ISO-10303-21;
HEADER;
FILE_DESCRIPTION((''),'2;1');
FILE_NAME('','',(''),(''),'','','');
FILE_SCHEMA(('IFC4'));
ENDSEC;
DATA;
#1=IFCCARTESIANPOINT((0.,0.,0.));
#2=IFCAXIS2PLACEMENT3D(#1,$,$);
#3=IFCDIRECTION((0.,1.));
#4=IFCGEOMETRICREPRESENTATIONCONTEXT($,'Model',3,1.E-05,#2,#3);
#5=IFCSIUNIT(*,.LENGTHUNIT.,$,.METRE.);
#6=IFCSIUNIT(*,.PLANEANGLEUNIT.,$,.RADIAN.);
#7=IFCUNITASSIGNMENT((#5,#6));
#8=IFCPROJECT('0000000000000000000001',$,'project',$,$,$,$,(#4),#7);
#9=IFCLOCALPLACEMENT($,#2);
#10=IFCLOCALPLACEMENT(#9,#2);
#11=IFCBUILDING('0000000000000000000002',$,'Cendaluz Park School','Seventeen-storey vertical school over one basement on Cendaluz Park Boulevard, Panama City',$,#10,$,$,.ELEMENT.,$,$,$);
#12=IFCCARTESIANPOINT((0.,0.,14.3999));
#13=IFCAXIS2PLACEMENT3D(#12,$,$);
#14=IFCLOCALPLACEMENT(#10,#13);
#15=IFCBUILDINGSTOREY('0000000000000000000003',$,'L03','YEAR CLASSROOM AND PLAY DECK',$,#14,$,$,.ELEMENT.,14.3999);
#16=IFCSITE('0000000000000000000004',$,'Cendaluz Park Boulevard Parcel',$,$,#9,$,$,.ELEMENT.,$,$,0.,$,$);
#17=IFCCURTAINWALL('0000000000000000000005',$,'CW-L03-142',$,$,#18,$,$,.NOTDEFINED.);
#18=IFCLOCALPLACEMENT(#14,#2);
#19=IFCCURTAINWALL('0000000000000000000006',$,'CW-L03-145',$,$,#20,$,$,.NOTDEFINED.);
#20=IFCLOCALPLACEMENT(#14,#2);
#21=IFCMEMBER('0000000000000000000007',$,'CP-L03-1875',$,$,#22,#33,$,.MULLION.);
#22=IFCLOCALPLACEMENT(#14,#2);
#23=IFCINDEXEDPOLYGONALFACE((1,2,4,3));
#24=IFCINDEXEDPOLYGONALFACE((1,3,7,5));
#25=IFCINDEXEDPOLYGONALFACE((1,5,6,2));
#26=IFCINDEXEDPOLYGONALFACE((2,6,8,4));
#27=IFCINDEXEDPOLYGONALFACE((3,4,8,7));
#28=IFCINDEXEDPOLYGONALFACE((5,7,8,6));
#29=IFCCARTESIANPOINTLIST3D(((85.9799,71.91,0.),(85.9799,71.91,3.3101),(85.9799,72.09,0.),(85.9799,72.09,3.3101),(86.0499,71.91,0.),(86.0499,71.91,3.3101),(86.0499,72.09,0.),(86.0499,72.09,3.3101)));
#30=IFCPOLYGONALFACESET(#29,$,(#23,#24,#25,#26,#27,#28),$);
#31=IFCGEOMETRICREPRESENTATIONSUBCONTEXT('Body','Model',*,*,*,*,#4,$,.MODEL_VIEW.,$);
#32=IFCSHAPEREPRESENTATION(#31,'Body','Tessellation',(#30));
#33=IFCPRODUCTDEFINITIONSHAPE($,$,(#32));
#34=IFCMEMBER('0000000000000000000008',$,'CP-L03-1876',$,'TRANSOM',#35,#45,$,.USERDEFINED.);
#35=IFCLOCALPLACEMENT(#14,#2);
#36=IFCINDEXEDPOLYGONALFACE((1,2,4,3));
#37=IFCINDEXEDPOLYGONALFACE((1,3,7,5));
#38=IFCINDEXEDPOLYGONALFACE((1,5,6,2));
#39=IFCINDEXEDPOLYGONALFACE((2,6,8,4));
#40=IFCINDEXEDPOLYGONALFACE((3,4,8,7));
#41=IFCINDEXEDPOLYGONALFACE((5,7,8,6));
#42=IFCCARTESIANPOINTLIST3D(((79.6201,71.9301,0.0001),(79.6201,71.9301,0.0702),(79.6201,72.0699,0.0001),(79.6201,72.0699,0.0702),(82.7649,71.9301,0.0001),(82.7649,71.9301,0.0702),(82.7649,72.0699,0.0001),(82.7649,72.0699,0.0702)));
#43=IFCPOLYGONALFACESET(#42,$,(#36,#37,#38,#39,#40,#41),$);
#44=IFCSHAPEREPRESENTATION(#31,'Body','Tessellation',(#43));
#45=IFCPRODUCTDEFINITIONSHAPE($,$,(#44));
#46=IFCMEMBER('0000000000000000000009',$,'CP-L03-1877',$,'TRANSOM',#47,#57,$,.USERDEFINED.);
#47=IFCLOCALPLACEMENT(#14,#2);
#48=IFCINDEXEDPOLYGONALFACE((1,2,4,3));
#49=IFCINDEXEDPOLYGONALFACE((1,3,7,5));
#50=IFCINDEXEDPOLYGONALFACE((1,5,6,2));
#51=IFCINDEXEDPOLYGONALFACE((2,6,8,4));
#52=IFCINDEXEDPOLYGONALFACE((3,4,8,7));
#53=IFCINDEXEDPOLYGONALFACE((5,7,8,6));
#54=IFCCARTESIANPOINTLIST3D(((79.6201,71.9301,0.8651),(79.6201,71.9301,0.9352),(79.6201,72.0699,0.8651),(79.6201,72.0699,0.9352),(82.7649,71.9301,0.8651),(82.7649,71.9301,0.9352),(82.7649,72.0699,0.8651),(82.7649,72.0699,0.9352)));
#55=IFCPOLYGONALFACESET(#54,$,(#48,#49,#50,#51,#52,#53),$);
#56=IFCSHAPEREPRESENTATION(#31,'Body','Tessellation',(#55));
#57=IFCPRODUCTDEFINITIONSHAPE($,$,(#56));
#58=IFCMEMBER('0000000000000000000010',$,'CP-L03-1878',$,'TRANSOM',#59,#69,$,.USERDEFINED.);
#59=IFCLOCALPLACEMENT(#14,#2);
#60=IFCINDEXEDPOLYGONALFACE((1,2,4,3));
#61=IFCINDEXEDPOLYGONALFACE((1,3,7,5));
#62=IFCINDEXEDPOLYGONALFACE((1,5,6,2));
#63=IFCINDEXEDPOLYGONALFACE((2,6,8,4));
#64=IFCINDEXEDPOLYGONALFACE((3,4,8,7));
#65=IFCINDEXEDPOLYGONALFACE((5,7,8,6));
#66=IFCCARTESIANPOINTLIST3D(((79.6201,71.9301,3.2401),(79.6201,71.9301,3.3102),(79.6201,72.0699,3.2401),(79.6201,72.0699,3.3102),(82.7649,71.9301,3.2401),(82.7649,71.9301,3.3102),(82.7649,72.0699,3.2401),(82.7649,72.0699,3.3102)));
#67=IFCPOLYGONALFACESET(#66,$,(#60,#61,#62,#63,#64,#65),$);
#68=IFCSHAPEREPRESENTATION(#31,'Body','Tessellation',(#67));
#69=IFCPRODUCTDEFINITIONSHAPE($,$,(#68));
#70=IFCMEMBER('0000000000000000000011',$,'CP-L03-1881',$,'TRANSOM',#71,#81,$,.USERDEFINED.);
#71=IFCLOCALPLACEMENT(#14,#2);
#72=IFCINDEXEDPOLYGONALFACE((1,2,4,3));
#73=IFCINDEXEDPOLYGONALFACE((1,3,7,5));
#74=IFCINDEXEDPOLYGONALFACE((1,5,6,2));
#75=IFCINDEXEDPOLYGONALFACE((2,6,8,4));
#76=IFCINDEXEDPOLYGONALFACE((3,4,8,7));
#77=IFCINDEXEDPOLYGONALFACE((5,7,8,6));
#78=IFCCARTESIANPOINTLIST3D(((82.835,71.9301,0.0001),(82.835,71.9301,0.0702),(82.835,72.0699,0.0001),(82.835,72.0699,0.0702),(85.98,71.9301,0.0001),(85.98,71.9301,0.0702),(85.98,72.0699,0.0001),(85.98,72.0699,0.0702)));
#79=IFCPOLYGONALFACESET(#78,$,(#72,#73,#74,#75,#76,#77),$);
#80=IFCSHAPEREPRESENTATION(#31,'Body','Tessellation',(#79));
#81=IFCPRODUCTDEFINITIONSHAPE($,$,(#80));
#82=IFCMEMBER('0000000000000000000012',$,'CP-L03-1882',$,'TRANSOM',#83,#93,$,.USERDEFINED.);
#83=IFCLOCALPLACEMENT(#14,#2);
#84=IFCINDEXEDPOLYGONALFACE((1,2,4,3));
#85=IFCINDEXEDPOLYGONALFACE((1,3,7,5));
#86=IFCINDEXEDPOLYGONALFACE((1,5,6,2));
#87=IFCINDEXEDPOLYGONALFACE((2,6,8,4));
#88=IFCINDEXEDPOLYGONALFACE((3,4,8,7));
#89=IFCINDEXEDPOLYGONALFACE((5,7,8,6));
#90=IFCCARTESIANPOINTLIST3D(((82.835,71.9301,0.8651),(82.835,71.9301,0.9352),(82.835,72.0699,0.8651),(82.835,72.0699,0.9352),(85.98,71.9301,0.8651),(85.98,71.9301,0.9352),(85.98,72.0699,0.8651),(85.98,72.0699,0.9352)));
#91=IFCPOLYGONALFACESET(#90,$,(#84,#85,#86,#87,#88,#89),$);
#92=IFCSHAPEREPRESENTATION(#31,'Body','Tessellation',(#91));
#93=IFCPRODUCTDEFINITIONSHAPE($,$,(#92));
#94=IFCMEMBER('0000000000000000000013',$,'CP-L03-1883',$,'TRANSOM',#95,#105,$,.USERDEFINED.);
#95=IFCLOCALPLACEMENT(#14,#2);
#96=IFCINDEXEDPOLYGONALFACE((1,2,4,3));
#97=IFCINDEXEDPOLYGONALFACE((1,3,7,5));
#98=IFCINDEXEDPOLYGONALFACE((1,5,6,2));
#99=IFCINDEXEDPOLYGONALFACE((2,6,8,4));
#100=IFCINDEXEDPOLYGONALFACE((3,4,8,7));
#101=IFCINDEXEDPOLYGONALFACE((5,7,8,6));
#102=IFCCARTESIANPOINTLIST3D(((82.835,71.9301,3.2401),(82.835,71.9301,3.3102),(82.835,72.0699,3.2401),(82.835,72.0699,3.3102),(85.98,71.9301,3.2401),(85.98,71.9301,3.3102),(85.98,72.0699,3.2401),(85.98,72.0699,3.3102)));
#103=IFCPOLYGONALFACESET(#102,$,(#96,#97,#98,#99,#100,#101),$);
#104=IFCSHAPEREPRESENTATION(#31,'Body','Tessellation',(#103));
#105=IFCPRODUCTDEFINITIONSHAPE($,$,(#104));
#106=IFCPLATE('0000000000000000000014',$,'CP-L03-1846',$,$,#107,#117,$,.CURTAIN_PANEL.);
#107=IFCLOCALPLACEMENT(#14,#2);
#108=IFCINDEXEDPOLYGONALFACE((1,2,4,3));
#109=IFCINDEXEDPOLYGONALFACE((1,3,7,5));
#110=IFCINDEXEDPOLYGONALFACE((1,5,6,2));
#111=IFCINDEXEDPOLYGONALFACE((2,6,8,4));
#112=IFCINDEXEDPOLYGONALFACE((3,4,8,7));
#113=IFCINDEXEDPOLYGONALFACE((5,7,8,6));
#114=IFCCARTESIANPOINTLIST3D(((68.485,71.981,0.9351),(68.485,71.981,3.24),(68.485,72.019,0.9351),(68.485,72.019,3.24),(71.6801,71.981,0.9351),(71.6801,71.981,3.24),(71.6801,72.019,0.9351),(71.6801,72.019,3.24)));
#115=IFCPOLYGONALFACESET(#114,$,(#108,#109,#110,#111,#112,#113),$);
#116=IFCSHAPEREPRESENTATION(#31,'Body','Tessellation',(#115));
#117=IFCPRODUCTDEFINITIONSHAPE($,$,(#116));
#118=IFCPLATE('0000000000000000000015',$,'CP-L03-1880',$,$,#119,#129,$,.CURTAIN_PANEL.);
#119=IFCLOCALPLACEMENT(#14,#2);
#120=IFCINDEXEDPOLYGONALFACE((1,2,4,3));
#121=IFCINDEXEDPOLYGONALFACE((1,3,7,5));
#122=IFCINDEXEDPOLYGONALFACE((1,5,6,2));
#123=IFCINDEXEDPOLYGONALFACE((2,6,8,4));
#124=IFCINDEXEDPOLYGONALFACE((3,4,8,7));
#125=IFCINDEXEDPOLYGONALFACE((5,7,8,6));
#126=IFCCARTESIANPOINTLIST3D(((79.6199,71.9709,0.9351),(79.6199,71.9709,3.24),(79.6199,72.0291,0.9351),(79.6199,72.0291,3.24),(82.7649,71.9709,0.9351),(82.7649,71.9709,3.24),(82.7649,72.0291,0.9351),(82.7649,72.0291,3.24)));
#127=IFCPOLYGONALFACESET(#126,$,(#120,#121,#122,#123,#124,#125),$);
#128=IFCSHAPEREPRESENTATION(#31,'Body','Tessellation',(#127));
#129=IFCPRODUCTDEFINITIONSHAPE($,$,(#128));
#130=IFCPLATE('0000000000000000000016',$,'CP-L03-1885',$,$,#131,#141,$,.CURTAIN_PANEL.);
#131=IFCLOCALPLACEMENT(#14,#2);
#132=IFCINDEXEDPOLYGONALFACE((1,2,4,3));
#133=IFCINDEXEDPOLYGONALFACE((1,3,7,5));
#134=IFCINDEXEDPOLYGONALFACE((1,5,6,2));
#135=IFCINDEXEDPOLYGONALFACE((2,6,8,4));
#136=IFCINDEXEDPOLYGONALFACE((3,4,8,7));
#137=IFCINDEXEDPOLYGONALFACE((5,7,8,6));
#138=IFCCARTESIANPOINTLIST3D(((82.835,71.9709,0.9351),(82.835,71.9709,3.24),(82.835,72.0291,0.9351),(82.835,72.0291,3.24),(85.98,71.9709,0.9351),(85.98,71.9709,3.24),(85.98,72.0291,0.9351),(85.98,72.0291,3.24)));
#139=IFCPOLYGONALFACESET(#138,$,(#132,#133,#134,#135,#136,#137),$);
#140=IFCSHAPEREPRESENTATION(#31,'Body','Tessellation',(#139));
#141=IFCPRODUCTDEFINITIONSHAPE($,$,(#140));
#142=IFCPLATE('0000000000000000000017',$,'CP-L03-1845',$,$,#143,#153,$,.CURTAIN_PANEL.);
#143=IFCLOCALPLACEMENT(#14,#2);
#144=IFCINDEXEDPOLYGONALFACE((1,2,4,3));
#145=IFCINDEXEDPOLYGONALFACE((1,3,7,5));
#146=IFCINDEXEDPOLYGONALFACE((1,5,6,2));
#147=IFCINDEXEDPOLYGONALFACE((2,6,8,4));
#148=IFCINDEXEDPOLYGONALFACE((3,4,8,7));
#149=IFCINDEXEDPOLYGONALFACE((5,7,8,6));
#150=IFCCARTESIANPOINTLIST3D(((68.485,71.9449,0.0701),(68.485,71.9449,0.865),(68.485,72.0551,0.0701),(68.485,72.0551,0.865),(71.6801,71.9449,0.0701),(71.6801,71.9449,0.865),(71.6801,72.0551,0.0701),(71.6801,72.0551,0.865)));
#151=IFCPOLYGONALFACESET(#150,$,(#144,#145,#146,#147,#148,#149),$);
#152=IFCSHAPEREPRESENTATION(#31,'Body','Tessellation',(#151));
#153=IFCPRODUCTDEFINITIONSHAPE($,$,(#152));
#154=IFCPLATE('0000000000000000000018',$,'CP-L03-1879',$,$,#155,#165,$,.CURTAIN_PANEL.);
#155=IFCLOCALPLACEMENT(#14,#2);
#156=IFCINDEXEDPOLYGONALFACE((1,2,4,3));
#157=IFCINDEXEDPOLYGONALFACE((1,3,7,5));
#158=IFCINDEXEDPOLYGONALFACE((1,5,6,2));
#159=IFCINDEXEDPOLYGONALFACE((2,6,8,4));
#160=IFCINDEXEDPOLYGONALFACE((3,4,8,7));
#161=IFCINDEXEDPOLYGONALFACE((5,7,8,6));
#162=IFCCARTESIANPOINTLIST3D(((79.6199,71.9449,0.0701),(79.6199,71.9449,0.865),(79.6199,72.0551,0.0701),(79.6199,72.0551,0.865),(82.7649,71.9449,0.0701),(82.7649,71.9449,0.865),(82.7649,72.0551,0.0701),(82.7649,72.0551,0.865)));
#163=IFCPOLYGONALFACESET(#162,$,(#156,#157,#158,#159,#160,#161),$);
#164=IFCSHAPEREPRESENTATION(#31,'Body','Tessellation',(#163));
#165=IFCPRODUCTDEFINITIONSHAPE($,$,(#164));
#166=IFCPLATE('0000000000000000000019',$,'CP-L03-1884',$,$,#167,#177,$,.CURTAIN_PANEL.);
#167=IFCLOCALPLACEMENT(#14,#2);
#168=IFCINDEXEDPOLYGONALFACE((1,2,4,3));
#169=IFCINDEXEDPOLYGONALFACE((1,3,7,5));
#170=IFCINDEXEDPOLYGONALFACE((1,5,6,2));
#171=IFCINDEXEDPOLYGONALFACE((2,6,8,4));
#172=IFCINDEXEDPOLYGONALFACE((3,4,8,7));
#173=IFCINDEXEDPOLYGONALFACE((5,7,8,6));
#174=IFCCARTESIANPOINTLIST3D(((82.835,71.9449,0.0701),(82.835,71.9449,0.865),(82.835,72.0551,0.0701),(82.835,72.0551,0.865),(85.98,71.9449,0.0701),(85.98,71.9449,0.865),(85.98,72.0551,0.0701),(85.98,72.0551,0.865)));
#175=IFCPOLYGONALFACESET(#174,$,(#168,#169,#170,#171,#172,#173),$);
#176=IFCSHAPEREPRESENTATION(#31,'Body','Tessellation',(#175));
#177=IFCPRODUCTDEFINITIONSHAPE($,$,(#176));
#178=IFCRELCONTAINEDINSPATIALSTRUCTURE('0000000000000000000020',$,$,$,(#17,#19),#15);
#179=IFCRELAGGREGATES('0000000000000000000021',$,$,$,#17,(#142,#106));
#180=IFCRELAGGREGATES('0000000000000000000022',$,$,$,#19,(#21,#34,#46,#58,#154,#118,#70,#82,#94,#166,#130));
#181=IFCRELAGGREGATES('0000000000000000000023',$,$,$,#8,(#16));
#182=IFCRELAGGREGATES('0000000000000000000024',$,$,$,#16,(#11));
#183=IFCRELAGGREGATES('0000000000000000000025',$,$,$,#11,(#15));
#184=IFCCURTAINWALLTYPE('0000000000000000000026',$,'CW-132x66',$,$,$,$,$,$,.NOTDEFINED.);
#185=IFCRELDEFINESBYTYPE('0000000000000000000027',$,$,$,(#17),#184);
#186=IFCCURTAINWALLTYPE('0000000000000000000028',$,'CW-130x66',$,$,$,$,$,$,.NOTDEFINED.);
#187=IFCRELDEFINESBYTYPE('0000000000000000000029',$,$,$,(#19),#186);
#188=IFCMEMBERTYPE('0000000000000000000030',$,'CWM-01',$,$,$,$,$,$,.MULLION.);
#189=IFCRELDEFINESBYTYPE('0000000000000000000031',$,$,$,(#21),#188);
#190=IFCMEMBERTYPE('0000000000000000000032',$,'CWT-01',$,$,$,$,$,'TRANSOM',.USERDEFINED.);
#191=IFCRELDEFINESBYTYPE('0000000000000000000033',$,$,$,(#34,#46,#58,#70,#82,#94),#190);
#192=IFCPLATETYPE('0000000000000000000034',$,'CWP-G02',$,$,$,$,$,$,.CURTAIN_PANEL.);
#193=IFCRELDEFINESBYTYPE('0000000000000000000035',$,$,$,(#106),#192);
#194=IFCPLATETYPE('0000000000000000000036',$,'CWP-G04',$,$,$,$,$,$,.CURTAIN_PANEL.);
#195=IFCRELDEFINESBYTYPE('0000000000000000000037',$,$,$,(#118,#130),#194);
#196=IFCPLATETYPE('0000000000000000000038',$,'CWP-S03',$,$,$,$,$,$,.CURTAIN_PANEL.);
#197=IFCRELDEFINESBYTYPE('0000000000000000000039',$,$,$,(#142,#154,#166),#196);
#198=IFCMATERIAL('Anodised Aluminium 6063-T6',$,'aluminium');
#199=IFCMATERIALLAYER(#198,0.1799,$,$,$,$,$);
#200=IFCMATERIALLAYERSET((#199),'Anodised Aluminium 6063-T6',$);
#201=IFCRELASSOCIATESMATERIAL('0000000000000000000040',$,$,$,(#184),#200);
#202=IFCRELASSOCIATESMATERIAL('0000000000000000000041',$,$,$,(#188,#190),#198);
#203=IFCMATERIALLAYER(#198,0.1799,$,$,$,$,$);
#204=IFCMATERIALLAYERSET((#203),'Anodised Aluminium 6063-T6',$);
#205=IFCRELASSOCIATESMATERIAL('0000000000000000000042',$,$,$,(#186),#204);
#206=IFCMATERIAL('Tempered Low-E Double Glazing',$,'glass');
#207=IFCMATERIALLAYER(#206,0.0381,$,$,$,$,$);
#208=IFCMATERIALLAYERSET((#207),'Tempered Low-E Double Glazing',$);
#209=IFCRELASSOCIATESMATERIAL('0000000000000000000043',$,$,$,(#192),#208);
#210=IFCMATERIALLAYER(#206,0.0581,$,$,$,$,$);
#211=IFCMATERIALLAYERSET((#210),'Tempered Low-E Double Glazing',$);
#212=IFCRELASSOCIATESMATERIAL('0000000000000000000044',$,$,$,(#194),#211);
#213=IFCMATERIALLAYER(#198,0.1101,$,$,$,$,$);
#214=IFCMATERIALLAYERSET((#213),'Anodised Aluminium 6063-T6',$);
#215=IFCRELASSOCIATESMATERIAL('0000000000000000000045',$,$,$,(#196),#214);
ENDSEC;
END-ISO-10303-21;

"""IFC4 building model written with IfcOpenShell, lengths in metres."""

from ifc_helpers import new_model, si_unit, direction, frame, origin, origin_2d, place, context, subcontext, project, spatial, rectangle, extrude, material, layer, layer_set, material_profile, profile_set, type_object, element, aggregate, save


model = new_model("IFC4")

# Units and contexts
model_context = context("Model", 3, precision=1e-05, world=origin(), true_north=direction((0.0, 1.0)))
body_context = subcontext(model_context, "Body", "Model", "MODEL_VIEW")
ifc_project = project(units=[si_unit("LENGTHUNIT", "METRE"), si_unit("PLANEANGLEUNIT", "RADIAN")], contexts=[model_context])

# Site, building, storey
site_placement = place(None, origin())
site = spatial("IfcSite", under=ifc_project, at=site_placement, Name="Cendaluz Park Boulevard Parcel", CompositionType="ELEMENT", RefElevation=0.0)
building_placement = place(site_placement, origin())
building = spatial("IfcBuilding", under=site, at=building_placement, Name="Cendaluz Park School", Description="Seventeen-storey vertical school over one basement on Cendaluz Park Boulevard, Panama City", CompositionType="ELEMENT")
storey_placement = place(building_placement, frame((0.0, 0.0, 14.3999)))
storey = spatial("IfcBuildingStorey", under=building, at=storey_placement, Name="L03", Description="YEAR CLASSROOM AND PLAY DECK", CompositionType="ELEMENT", Elevation=14.3999)

# Curtain wall
ifc_material_1 = material(Name="Anodised Aluminium 6063-T6", Category="aluminium")
ifc_layer_1 = layer(ifc_material_1, 0.1799)
ifc_layer_set_1 = layer_set([ifc_layer_1], Name="Anodised Aluminium 6063-T6")
curtain_wall_type_1 = type_object("IfcCurtainWallType", Name="CW-132x66", PredefinedType="NOTDEFINED", material=ifc_layer_set_1)
curtain_wall_1_placement = place(storey_placement, origin())
curtain_wall_1 = element("IfcCurtainWall", 1, at=curtain_wall_1_placement, inside=storey, type_object=curtain_wall_type_1, Name="CW-L03-142", PredefinedType="NOTDEFINED")
ifc_material_profile_1 = material_profile(ifc_material_1, rectangle(XDim=0.1799, YDim=0.0701, at=origin_2d()), Name="CWM 180x70", Category="aluminium")
ifc_profile_set_1 = profile_set([ifc_material_profile_1], Name="Anodised Aluminium 6063-T6")
member_type_1 = type_object("IfcMemberType", Name="CWM-01", PredefinedType="MULLION", material=ifc_profile_set_1)

# Curtain wall, members
ifc_layer_2 = layer(ifc_material_1, 0.1799)
ifc_layer_set_2 = layer_set([ifc_layer_2], Name="Anodised Aluminium 6063-T6")
curtain_wall_type_2 = type_object("IfcCurtainWallType", Name="CW-130x66", PredefinedType="NOTDEFINED", material=ifc_layer_set_2)
curtain_wall_2_placement = place(storey_placement, origin())
curtain_wall_2 = element("IfcCurtainWall", 2, at=curtain_wall_2_placement, inside=storey, type_object=curtain_wall_type_2, Name="CW-L03-145", PredefinedType="NOTDEFINED")
member_1_placement = place(storey_placement, frame((86.0149, 72.0, 0.0), z_axis=(0.0, 0.0, 1.0), x_axis=(0.0, 1.0, 0.0)))
member_1 = element("IfcMember", 3, at=member_1_placement, type_object=member_type_1, Name="CP-L03-1875", PredefinedType="MULLION", context=body_context, shape_type="SweptSolid", body=[
    extrude(rectangle(XDim=0.1799, YDim=0.0701, at=origin_2d()), origin(), (0.0, 0.0, 1.0), 3.3101),
])
ifc_material_profile_2 = material_profile(ifc_material_1, rectangle(XDim=0.1399, YDim=0.0701, at=origin_2d()), Name="CWT 140x70", Category="aluminium")
ifc_profile_set_2 = profile_set([ifc_material_profile_2], Name="Anodised Aluminium 6063-T6")
member_type_2 = type_object("IfcMemberType", Name="CWT-01", ElementType="TRANSOM", PredefinedType="USERDEFINED", material=ifc_profile_set_2)
member_2_placement = place(storey_placement, frame((79.6201, 72.0, 0.0352), z_axis=(1.0, 0.0, 0.0), x_axis=(0.0, 1.0, 0.0)))
member_2 = element("IfcMember", 4, at=member_2_placement, type_object=member_type_2, Name="CP-L03-1876", ObjectType="TRANSOM", PredefinedType="USERDEFINED", context=body_context, shape_type="SweptSolid", body=[
    extrude(rectangle(XDim=0.1399, YDim=0.0701, at=origin_2d()), origin(), (0.0, 0.0, 1.0), 3.1448),
])
member_3_placement = place(storey_placement, frame((79.6201, 72.0, 0.9001), z_axis=(1.0, 0.0, 0.0), x_axis=(0.0, 1.0, 0.0)))
member_3 = element("IfcMember", 5, at=member_3_placement, type_object=member_type_2, Name="CP-L03-1877", ObjectType="TRANSOM", PredefinedType="USERDEFINED", context=body_context, shape_type="SweptSolid", body=[
    extrude(rectangle(XDim=0.1399, YDim=0.0701, at=origin_2d()), origin(), (0.0, 0.0, 1.0), 3.1448),
])
member_4_placement = place(storey_placement, frame((79.6201, 72.0, 3.2751), z_axis=(1.0, 0.0, 0.0), x_axis=(0.0, 1.0, 0.0)))
member_4 = element("IfcMember", 6, at=member_4_placement, type_object=member_type_2, Name="CP-L03-1878", ObjectType="TRANSOM", PredefinedType="USERDEFINED", context=body_context, shape_type="SweptSolid", body=[
    extrude(rectangle(XDim=0.1399, YDim=0.0701, at=origin_2d()), origin(), (0.0, 0.0, 1.0), 3.1448),
])
member_5_placement = place(storey_placement, frame((82.835, 72.0, 0.0352), z_axis=(1.0, 0.0, 0.0), x_axis=(0.0, 1.0, 0.0)))
member_5 = element("IfcMember", 7, at=member_5_placement, type_object=member_type_2, Name="CP-L03-1881", ObjectType="TRANSOM", PredefinedType="USERDEFINED", context=body_context, shape_type="SweptSolid", body=[
    extrude(rectangle(XDim=0.1399, YDim=0.0701, at=origin_2d()), origin(), (0.0, 0.0, 1.0), 3.145),
])
member_6_placement = place(storey_placement, frame((82.835, 72.0, 0.9001), z_axis=(1.0, 0.0, 0.0), x_axis=(0.0, 1.0, 0.0)))
member_6 = element("IfcMember", 8, at=member_6_placement, type_object=member_type_2, Name="CP-L03-1882", ObjectType="TRANSOM", PredefinedType="USERDEFINED", context=body_context, shape_type="SweptSolid", body=[
    extrude(rectangle(XDim=0.1399, YDim=0.0701, at=origin_2d()), origin(), (0.0, 0.0, 1.0), 3.145),
])
member_7_placement = place(storey_placement, frame((82.835, 72.0, 3.2751), z_axis=(1.0, 0.0, 0.0), x_axis=(0.0, 1.0, 0.0)))
member_7 = element("IfcMember", 9, at=member_7_placement, type_object=member_type_2, Name="CP-L03-1883", ObjectType="TRANSOM", PredefinedType="USERDEFINED", context=body_context, shape_type="SweptSolid", body=[
    extrude(rectangle(XDim=0.1399, YDim=0.0701, at=origin_2d()), origin(), (0.0, 0.0, 1.0), 3.145),
])

# Plates
ifc_material_2 = material(Name="Tempered Low-E Double Glazing", Category="glass")
ifc_layer_3 = layer(ifc_material_2, 0.0381)
ifc_layer_set_3 = layer_set([ifc_layer_3], Name="Tempered Low-E Double Glazing")
plate_type_1 = type_object("IfcPlateType", Name="CWP-G02", PredefinedType="CURTAIN_PANEL", material=ifc_layer_set_3)
plate_1_placement = place(storey_placement, frame((70.0825, 72.0, 0.9351), z_axis=(0.0, 0.0, 1.0), x_axis=(1.0, 0.0, 0.0)))
plate_1 = element("IfcPlate", 10, at=plate_1_placement, type_object=plate_type_1, Name="CP-L03-1846", PredefinedType="CURTAIN_PANEL", context=body_context, shape_type="SweptSolid", body=[
    extrude(rectangle(XDim=3.1951, YDim=0.0381, at=origin_2d()), origin(), (0.0, 0.0, 1.0), 2.3049),
])
ifc_layer_4 = layer(ifc_material_2, 0.0581)
ifc_layer_set_4 = layer_set([ifc_layer_4], Name="Tempered Low-E Double Glazing")
plate_type_2 = type_object("IfcPlateType", Name="CWP-G04", PredefinedType="CURTAIN_PANEL", material=ifc_layer_set_4)
plate_2_placement = place(storey_placement, frame((81.1924, 72.0, 0.9351), z_axis=(0.0, 0.0, 1.0), x_axis=(1.0, 0.0, 0.0)))
plate_2 = element("IfcPlate", 11, at=plate_2_placement, type_object=plate_type_2, Name="CP-L03-1880", PredefinedType="CURTAIN_PANEL", context=body_context, shape_type="SweptSolid", body=[
    extrude(rectangle(XDim=3.145, YDim=0.0581, at=origin_2d()), origin(), (0.0, 0.0, 1.0), 2.3049),
])
plate_3_placement = place(storey_placement, frame((84.4075, 72.0, 0.9351), z_axis=(0.0, 0.0, 1.0), x_axis=(1.0, 0.0, 0.0)))
plate_3 = element("IfcPlate", 12, at=plate_3_placement, type_object=plate_type_2, Name="CP-L03-1885", PredefinedType="CURTAIN_PANEL", context=body_context, shape_type="SweptSolid", body=[
    extrude(rectangle(XDim=3.145, YDim=0.0581, at=origin_2d()), origin(), (0.0, 0.0, 1.0), 2.3049),
])
ifc_layer_5 = layer(ifc_material_1, 0.1101)
ifc_layer_set_5 = layer_set([ifc_layer_5], Name="Anodised Aluminium 6063-T6")
plate_type_3 = type_object("IfcPlateType", Name="CWP-S03", PredefinedType="CURTAIN_PANEL", material=ifc_layer_set_5)
plate_4_placement = place(storey_placement, frame((70.0825, 72.0, 0.0701), z_axis=(0.0, 0.0, 1.0), x_axis=(1.0, 0.0, 0.0)))
plate_4 = element("IfcPlate", 13, at=plate_4_placement, type_object=plate_type_3, Name="CP-L03-1845", PredefinedType="CURTAIN_PANEL", context=body_context, shape_type="SweptSolid", body=[
    extrude(rectangle(XDim=3.1951, YDim=0.1101, at=origin_2d()), origin(), (0.0, 0.0, 1.0), 0.7949),
])
aggregate(curtain_wall_1, [plate_4, plate_1])
plate_5_placement = place(storey_placement, frame((81.1924, 72.0, 0.0701), z_axis=(0.0, 0.0, 1.0), x_axis=(1.0, 0.0, 0.0)))
plate_5 = element("IfcPlate", 14, at=plate_5_placement, type_object=plate_type_3, Name="CP-L03-1879", PredefinedType="CURTAIN_PANEL", context=body_context, shape_type="SweptSolid", body=[
    extrude(rectangle(XDim=3.145, YDim=0.1101, at=origin_2d()), origin(), (0.0, 0.0, 1.0), 0.7949),
])
plate_6_placement = place(storey_placement, frame((84.4075, 72.0, 0.0701), z_axis=(0.0, 0.0, 1.0), x_axis=(1.0, 0.0, 0.0)))
plate_6 = element("IfcPlate", 15, at=plate_6_placement, type_object=plate_type_3, Name="CP-L03-1884", PredefinedType="CURTAIN_PANEL", context=body_context, shape_type="SweptSolid", body=[
    extrude(rectangle(XDim=3.145, YDim=0.1101, at=origin_2d()), origin(), (0.0, 0.0, 1.0), 0.7949),
])
aggregate(curtain_wall_2, [member_1, member_2, member_3, member_4, plate_5, plate_2, member_5, member_6, member_7, plate_6, plate_3])

save(model, "model.ifc")
